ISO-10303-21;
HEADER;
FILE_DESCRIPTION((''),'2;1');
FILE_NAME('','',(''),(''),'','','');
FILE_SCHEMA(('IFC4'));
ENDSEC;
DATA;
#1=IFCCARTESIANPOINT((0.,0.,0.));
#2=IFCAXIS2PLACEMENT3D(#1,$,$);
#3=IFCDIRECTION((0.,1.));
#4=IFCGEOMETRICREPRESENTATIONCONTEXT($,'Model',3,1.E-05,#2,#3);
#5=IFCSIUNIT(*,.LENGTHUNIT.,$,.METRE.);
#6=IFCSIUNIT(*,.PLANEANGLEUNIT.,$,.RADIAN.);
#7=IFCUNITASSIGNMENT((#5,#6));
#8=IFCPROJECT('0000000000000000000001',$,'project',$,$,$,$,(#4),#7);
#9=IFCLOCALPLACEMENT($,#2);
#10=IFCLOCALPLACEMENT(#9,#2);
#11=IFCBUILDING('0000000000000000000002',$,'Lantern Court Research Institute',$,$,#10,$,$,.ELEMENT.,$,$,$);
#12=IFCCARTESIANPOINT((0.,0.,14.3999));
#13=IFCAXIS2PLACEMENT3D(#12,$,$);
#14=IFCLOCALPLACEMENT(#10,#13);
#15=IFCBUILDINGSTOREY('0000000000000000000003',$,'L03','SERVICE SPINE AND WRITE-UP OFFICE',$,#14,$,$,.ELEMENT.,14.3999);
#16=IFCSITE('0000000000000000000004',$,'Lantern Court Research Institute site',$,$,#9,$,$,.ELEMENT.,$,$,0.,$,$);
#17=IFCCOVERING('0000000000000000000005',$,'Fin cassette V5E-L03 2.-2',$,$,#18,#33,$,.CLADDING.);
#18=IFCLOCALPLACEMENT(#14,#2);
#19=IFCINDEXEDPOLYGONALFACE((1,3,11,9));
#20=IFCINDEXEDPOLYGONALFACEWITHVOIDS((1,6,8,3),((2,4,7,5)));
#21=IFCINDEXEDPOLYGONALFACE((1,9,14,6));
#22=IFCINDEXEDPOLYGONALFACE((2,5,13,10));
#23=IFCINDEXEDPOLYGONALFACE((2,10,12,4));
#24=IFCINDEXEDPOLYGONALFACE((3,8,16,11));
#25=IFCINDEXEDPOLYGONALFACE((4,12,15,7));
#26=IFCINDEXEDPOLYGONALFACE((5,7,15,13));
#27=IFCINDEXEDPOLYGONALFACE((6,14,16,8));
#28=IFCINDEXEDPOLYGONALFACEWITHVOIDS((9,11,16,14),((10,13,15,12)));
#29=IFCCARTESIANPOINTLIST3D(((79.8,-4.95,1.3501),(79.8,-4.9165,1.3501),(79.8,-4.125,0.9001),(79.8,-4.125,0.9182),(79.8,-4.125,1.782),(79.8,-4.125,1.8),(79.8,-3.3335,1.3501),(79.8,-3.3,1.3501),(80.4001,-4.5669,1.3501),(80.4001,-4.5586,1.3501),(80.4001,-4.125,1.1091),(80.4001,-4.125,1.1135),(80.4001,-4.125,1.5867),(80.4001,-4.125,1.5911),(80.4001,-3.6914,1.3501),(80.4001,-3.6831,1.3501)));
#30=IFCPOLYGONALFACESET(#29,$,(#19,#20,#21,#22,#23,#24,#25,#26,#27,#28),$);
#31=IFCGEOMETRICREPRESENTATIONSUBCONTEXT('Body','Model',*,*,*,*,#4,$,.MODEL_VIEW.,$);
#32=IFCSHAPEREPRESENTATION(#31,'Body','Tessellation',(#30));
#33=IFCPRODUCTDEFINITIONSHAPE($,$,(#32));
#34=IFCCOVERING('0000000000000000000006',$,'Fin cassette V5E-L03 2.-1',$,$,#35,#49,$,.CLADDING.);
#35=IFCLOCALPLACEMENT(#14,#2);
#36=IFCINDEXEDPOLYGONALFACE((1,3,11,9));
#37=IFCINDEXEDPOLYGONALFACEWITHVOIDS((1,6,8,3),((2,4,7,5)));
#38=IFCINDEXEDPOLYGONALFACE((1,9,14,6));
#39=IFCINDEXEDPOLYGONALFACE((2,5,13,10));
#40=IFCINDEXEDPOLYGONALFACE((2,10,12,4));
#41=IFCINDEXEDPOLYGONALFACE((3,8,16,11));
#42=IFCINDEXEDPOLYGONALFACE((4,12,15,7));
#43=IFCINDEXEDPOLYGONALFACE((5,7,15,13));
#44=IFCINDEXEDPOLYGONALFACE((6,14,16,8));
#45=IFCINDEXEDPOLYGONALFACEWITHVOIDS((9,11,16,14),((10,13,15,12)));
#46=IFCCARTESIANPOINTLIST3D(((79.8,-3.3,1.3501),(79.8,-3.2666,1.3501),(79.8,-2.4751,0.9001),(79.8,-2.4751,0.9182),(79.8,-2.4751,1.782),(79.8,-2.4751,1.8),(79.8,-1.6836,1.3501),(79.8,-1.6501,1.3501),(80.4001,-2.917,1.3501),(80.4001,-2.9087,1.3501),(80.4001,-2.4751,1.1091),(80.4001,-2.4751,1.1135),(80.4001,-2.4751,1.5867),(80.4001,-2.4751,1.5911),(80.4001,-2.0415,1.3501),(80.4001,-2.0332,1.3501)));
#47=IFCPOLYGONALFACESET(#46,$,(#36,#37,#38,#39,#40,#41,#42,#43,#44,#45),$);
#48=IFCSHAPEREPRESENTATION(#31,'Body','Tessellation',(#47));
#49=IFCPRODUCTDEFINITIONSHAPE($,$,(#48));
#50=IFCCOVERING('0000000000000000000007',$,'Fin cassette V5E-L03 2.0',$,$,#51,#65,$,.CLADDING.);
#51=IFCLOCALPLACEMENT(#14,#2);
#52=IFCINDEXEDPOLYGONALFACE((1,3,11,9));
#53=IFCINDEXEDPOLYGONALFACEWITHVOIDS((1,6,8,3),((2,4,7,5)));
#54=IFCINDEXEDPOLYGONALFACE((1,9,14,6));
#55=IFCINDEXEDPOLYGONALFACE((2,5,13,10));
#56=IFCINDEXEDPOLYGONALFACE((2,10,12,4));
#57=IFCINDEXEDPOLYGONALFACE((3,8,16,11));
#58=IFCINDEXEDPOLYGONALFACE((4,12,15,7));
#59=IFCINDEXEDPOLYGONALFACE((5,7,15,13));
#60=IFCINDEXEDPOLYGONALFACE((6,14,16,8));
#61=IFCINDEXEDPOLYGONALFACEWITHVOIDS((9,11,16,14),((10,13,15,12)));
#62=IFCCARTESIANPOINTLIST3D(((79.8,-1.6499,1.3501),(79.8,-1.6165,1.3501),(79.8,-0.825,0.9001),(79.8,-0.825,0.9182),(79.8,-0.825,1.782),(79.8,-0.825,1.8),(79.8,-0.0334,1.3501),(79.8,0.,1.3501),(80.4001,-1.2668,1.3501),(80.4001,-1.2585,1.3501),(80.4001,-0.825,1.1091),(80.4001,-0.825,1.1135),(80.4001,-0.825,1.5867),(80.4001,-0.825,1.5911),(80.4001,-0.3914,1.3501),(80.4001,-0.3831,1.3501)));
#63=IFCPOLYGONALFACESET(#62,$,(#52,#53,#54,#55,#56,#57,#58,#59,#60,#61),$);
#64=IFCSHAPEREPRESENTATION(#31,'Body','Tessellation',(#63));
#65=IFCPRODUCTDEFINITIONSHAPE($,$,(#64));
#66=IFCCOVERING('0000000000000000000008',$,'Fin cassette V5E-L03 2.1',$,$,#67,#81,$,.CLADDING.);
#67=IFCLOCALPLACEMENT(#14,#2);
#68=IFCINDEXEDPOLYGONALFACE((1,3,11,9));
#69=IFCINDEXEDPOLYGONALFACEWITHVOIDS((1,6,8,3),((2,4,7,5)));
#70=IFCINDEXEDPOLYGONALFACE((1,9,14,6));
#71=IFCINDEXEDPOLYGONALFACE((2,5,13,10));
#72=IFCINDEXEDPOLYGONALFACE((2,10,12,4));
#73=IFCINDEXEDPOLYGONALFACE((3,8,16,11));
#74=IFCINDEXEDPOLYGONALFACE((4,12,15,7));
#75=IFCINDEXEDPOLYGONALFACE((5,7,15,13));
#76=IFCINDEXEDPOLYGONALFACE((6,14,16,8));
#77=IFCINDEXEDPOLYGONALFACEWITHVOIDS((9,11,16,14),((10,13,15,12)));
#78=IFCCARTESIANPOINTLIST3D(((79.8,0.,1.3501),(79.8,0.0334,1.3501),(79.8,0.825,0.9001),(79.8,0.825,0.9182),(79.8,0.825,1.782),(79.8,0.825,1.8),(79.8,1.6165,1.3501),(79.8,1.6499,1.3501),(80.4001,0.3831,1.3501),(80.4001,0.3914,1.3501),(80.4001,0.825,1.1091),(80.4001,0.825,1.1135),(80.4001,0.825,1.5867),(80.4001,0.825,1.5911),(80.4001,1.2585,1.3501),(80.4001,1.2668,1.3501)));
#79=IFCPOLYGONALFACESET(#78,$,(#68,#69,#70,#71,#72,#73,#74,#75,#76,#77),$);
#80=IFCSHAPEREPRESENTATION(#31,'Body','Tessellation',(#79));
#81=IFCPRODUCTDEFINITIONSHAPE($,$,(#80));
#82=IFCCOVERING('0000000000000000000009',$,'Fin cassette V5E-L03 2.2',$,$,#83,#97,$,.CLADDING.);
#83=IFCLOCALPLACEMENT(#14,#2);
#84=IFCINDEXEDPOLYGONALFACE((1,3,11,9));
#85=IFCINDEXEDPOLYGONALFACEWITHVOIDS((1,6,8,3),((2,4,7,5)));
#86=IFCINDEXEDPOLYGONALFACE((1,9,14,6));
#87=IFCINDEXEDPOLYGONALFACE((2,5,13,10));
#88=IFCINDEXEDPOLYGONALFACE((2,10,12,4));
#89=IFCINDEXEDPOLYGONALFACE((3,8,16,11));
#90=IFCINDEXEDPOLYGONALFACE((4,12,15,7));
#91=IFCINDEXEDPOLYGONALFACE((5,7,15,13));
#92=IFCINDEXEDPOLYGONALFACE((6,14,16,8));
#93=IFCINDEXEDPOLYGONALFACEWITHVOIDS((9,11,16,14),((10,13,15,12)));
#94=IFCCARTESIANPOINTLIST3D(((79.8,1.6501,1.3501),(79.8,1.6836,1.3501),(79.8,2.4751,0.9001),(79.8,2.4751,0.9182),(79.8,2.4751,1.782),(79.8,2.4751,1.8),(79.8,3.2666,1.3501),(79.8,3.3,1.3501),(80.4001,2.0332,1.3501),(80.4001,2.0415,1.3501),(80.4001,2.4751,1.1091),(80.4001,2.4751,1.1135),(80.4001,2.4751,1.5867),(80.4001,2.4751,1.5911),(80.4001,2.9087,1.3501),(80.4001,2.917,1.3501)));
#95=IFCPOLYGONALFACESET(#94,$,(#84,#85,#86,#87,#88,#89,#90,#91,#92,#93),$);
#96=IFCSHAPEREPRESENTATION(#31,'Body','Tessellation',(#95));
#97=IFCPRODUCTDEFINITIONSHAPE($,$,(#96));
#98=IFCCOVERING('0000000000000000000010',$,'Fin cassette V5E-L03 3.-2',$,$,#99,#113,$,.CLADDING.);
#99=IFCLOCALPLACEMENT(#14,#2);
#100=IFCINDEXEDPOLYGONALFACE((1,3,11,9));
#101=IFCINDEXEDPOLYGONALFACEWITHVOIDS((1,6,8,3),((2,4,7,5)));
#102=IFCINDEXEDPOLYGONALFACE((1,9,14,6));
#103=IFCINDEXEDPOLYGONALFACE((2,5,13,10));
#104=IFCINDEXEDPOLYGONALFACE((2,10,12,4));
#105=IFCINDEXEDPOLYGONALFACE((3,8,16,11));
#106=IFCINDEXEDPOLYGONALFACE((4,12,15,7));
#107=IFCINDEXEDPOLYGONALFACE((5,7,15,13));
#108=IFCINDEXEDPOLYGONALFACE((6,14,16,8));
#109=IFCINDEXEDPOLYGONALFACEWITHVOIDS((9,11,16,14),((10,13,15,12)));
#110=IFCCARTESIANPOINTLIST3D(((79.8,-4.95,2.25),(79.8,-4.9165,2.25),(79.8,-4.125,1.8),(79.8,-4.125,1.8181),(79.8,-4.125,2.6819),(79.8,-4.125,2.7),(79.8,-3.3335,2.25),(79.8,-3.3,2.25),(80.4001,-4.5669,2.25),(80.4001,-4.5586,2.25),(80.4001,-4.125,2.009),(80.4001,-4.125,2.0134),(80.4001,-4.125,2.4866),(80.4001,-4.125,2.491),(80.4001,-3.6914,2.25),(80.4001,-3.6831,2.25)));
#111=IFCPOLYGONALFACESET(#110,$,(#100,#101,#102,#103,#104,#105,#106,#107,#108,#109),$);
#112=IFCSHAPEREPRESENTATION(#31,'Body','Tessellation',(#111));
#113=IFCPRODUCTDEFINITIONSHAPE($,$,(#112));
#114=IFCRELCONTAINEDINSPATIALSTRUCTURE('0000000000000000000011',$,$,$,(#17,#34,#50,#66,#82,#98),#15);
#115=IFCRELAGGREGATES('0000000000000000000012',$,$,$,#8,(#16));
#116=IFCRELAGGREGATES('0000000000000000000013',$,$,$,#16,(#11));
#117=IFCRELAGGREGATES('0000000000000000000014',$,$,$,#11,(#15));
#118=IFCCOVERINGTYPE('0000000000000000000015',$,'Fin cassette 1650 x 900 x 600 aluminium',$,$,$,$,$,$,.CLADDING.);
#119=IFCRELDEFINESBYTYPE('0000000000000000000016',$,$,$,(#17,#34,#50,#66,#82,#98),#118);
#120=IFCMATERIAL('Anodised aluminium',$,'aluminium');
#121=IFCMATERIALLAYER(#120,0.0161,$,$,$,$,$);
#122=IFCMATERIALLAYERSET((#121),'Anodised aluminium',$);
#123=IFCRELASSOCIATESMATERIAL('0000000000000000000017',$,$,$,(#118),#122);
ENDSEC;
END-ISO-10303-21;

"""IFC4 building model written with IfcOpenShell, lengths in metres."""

from ifc_helpers import new_model, entity, si_unit, direction, frame, origin, place, context, subcontext, project, spatial, material, layer, layer_set, type_object, element, save


model = new_model("IFC4")

# Units and contexts
model_context = context("Model", 3, precision=1e-05, world=origin(), true_north=direction((0.0, 1.0)))
body_context = subcontext(model_context, "Body", "Model", "MODEL_VIEW")
ifc_project = project(units=[si_unit("LENGTHUNIT", "METRE"), si_unit("PLANEANGLEUNIT", "RADIAN")], contexts=[model_context])

# Site, building, storey
site_placement = place(None, origin())
site = spatial("IfcSite", under=ifc_project, at=site_placement, Name="Lantern Court Research Institute site", CompositionType="ELEMENT", RefElevation=0.0)
building_placement = place(site_placement, origin())
building = spatial("IfcBuilding", under=site, at=building_placement, Name="Lantern Court Research Institute", CompositionType="ELEMENT")
storey_placement = place(building_placement, frame((0.0, 0.0, 14.3999)))
storey = spatial("IfcBuildingStorey", under=building, at=storey_placement, Name="L03", Description="SERVICE SPINE AND WRITE-UP OFFICE", CompositionType="ELEMENT", Elevation=14.3999)

# Coverings
ifc_material_1 = material(Name="Anodised aluminium", Category="aluminium")
ifc_layer_1 = layer(ifc_material_1, 0.0161)
ifc_layer_set_1 = layer_set([ifc_layer_1], Name="Anodised aluminium")
covering_type = type_object("IfcCoveringType", Name="Fin cassette 1650 x 900 x 600 aluminium", PredefinedType="CLADDING", material=ifc_layer_set_1)
covering_1_placement = place(storey_placement, frame((79.8, -4.125, 1.3501), z_axis=(1.0, 0.0, 0.0), x_axis=(0.0, 1.0, 0.0)))
cartesian_point_1 = entity("IfcCartesianPoint", [0.825, 0.0])
cartesian_point_2 = entity("IfcCartesianPoint", [0.7915, 0.0])
cartesian_point_3 = entity("IfcCartesianPoint", [0.4419, 0.0])
cartesian_point_4 = entity("IfcCartesianPoint", [0.4336, 0.0])
element("IfcCovering", 1, at=covering_1_placement, inside=storey, type_object=covering_type, Name="Fin cassette V5E-L03 2.-2", PredefinedType="CLADDING", context=body_context, shape_type="SweptSolid", body=[
    entity("IfcExtrudedAreaSolidTapered", entity("IfcArbitraryProfileDefWithVoids", "AREA", None, entity("IfcPolyline", [cartesian_point_1, entity("IfcCartesianPoint", [0.0, 0.45]), entity("IfcCartesianPoint", [-0.825, 0.0]), entity("IfcCartesianPoint", [0.0, -0.45]), cartesian_point_1]), [entity("IfcPolyline", [cartesian_point_2, entity("IfcCartesianPoint", [0.0, 0.4319]), entity("IfcCartesianPoint", [-0.7915, 0.0]), entity("IfcCartesianPoint", [0.0, -0.4319]), cartesian_point_2])]), entity("IfcAxis2Placement3D", entity("IfcCartesianPoint", [0.0, 0.0, 0.0])), entity("IfcDirection", [0.0, 0.0, 1.0]), 0.6001, entity("IfcArbitraryProfileDefWithVoids", "AREA", None, entity("IfcPolyline", [cartesian_point_3, entity("IfcCartesianPoint", [0.0, 0.241]), entity("IfcCartesianPoint", [-0.4419, 0.0]), entity("IfcCartesianPoint", [0.0, -0.241]), cartesian_point_3]), [entity("IfcPolyline", [cartesian_point_4, entity("IfcCartesianPoint", [0.0, 0.2366]), entity("IfcCartesianPoint", [-0.4336, 0.0]), entity("IfcCartesianPoint", [0.0, -0.2366]), cartesian_point_4])])),
])
covering_2_placement = place(storey_placement, frame((79.8, -2.4751, 1.3501), z_axis=(1.0, 0.0, 0.0), x_axis=(0.0, 1.0, 0.0)))
cartesian_point_5 = entity("IfcCartesianPoint", [0.825, 0.0])
cartesian_point_6 = entity("IfcCartesianPoint", [0.7915, 0.0])
cartesian_point_7 = entity("IfcCartesianPoint", [0.4419, 0.0])
cartesian_point_8 = entity("IfcCartesianPoint", [0.4336, 0.0])
element("IfcCovering", 2, at=covering_2_placement, inside=storey, type_object=covering_type, Name="Fin cassette V5E-L03 2.-1", PredefinedType="CLADDING", context=body_context, shape_type="SweptSolid", body=[
    entity("IfcExtrudedAreaSolidTapered", entity("IfcArbitraryProfileDefWithVoids", "AREA", None, entity("IfcPolyline", [cartesian_point_5, entity("IfcCartesianPoint", [0.0, 0.45]), entity("IfcCartesianPoint", [-0.825, 0.0]), entity("IfcCartesianPoint", [0.0, -0.45]), cartesian_point_5]), [entity("IfcPolyline", [cartesian_point_6, entity("IfcCartesianPoint", [0.0, 0.4319]), entity("IfcCartesianPoint", [-0.7915, 0.0]), entity("IfcCartesianPoint", [0.0, -0.4319]), cartesian_point_6])]), entity("IfcAxis2Placement3D", entity("IfcCartesianPoint", [0.0, 0.0, 0.0])), entity("IfcDirection", [0.0, 0.0, 1.0]), 0.6001, entity("IfcArbitraryProfileDefWithVoids", "AREA", None, entity("IfcPolyline", [cartesian_point_7, entity("IfcCartesianPoint", [0.0, 0.241]), entity("IfcCartesianPoint", [-0.4419, 0.0]), entity("IfcCartesianPoint", [0.0, -0.241]), cartesian_point_7]), [entity("IfcPolyline", [cartesian_point_8, entity("IfcCartesianPoint", [0.0, 0.2366]), entity("IfcCartesianPoint", [-0.4336, 0.0]), entity("IfcCartesianPoint", [0.0, -0.2366]), cartesian_point_8])])),
])
covering_3_placement = place(storey_placement, frame((79.8, -0.825, 1.3501), z_axis=(1.0, 0.0, 0.0), x_axis=(0.0, 1.0, 0.0)))
cartesian_point_9 = entity("IfcCartesianPoint", [0.825, 0.0])
cartesian_point_10 = entity("IfcCartesianPoint", [0.7915, 0.0])
cartesian_point_11 = entity("IfcCartesianPoint", [0.4419, 0.0])
cartesian_point_12 = entity("IfcCartesianPoint", [0.4336, 0.0])
element("IfcCovering", 3, at=covering_3_placement, inside=storey, type_object=covering_type, Name="Fin cassette V5E-L03 2.0", PredefinedType="CLADDING", context=body_context, shape_type="SweptSolid", body=[
    entity("IfcExtrudedAreaSolidTapered", entity("IfcArbitraryProfileDefWithVoids", "AREA", None, entity("IfcPolyline", [cartesian_point_9, entity("IfcCartesianPoint", [0.0, 0.45]), entity("IfcCartesianPoint", [-0.825, 0.0]), entity("IfcCartesianPoint", [0.0, -0.45]), cartesian_point_9]), [entity("IfcPolyline", [cartesian_point_10, entity("IfcCartesianPoint", [0.0, 0.4319]), entity("IfcCartesianPoint", [-0.7915, 0.0]), entity("IfcCartesianPoint", [0.0, -0.4319]), cartesian_point_10])]), entity("IfcAxis2Placement3D", entity("IfcCartesianPoint", [0.0, 0.0, 0.0])), entity("IfcDirection", [0.0, 0.0, 1.0]), 0.6001, entity("IfcArbitraryProfileDefWithVoids", "AREA", None, entity("IfcPolyline", [cartesian_point_11, entity("IfcCartesianPoint", [0.0, 0.241]), entity("IfcCartesianPoint", [-0.4419, 0.0]), entity("IfcCartesianPoint", [0.0, -0.241]), cartesian_point_11]), [entity("IfcPolyline", [cartesian_point_12, entity("IfcCartesianPoint", [0.0, 0.2366]), entity("IfcCartesianPoint", [-0.4336, 0.0]), entity("IfcCartesianPoint", [0.0, -0.2366]), cartesian_point_12])])),
])
covering_4_placement = place(storey_placement, frame((79.8, 0.825, 1.3501), z_axis=(1.0, 0.0, 0.0), x_axis=(0.0, 1.0, 0.0)))
cartesian_point_13 = entity("IfcCartesianPoint", [0.825, 0.0])
cartesian_point_14 = entity("IfcCartesianPoint", [0.7915, 0.0])
cartesian_point_15 = entity("IfcCartesianPoint", [0.4419, 0.0])
cartesian_point_16 = entity("IfcCartesianPoint", [0.4336, 0.0])
element("IfcCovering", 4, at=covering_4_placement, inside=storey, type_object=covering_type, Name="Fin cassette V5E-L03 2.1", PredefinedType="CLADDING", context=body_context, shape_type="SweptSolid", body=[
    entity("IfcExtrudedAreaSolidTapered", entity("IfcArbitraryProfileDefWithVoids", "AREA", None, entity("IfcPolyline", [cartesian_point_13, entity("IfcCartesianPoint", [0.0, 0.45]), entity("IfcCartesianPoint", [-0.825, 0.0]), entity("IfcCartesianPoint", [0.0, -0.45]), cartesian_point_13]), [entity("IfcPolyline", [cartesian_point_14, entity("IfcCartesianPoint", [0.0, 0.4319]), entity("IfcCartesianPoint", [-0.7915, 0.0]), entity("IfcCartesianPoint", [0.0, -0.4319]), cartesian_point_14])]), entity("IfcAxis2Placement3D", entity("IfcCartesianPoint", [0.0, 0.0, 0.0])), entity("IfcDirection", [0.0, 0.0, 1.0]), 0.6001, entity("IfcArbitraryProfileDefWithVoids", "AREA", None, entity("IfcPolyline", [cartesian_point_15, entity("IfcCartesianPoint", [0.0, 0.241]), entity("IfcCartesianPoint", [-0.4419, 0.0]), entity("IfcCartesianPoint", [0.0, -0.241]), cartesian_point_15]), [entity("IfcPolyline", [cartesian_point_16, entity("IfcCartesianPoint", [0.0, 0.2366]), entity("IfcCartesianPoint", [-0.4336, 0.0]), entity("IfcCartesianPoint", [0.0, -0.2366]), cartesian_point_16])])),
])
covering_5_placement = place(storey_placement, frame((79.8, 2.4751, 1.3501), z_axis=(1.0, 0.0, 0.0), x_axis=(0.0, 1.0, 0.0)))
cartesian_point_17 = entity("IfcCartesianPoint", [0.825, 0.0])
cartesian_point_18 = entity("IfcCartesianPoint", [0.7915, 0.0])
cartesian_point_19 = entity("IfcCartesianPoint", [0.4419, 0.0])
cartesian_point_20 = entity("IfcCartesianPoint", [0.4336, 0.0])
element("IfcCovering", 5, at=covering_5_placement, inside=storey, type_object=covering_type, Name="Fin cassette V5E-L03 2.2", PredefinedType="CLADDING", context=body_context, shape_type="SweptSolid", body=[
    entity("IfcExtrudedAreaSolidTapered", entity("IfcArbitraryProfileDefWithVoids", "AREA", None, entity("IfcPolyline", [cartesian_point_17, entity("IfcCartesianPoint", [0.0, 0.45]), entity("IfcCartesianPoint", [-0.825, 0.0]), entity("IfcCartesianPoint", [0.0, -0.45]), cartesian_point_17]), [entity("IfcPolyline", [cartesian_point_18, entity("IfcCartesianPoint", [0.0, 0.4319]), entity("IfcCartesianPoint", [-0.7915, 0.0]), entity("IfcCartesianPoint", [0.0, -0.4319]), cartesian_point_18])]), entity("IfcAxis2Placement3D", entity("IfcCartesianPoint", [0.0, 0.0, 0.0])), entity("IfcDirection", [0.0, 0.0, 1.0]), 0.6001, entity("IfcArbitraryProfileDefWithVoids", "AREA", None, entity("IfcPolyline", [cartesian_point_19, entity("IfcCartesianPoint", [0.0, 0.241]), entity("IfcCartesianPoint", [-0.4419, 0.0]), entity("IfcCartesianPoint", [0.0, -0.241]), cartesian_point_19]), [entity("IfcPolyline", [cartesian_point_20, entity("IfcCartesianPoint", [0.0, 0.2366]), entity("IfcCartesianPoint", [-0.4336, 0.0]), entity("IfcCartesianPoint", [0.0, -0.2366]), cartesian_point_20])])),
])
covering_6_placement = place(storey_placement, frame((79.8, -4.125, 2.25), z_axis=(1.0, 0.0, 0.0), x_axis=(0.0, 1.0, 0.0)))
cartesian_point_21 = entity("IfcCartesianPoint", [0.825, 0.0])
cartesian_point_22 = entity("IfcCartesianPoint", [0.7915, 0.0])
cartesian_point_23 = entity("IfcCartesianPoint", [0.4419, 0.0])
cartesian_point_24 = entity("IfcCartesianPoint", [0.4336, 0.0])
element("IfcCovering", 6, at=covering_6_placement, inside=storey, type_object=covering_type, Name="Fin cassette V5E-L03 3.-2", PredefinedType="CLADDING", context=body_context, shape_type="SweptSolid", body=[
    entity("IfcExtrudedAreaSolidTapered", entity("IfcArbitraryProfileDefWithVoids", "AREA", None, entity("IfcPolyline", [cartesian_point_21, entity("IfcCartesianPoint", [0.0, 0.45]), entity("IfcCartesianPoint", [-0.825, 0.0]), entity("IfcCartesianPoint", [0.0, -0.45]), cartesian_point_21]), [entity("IfcPolyline", [cartesian_point_22, entity("IfcCartesianPoint", [0.0, 0.4319]), entity("IfcCartesianPoint", [-0.7915, 0.0]), entity("IfcCartesianPoint", [0.0, -0.4319]), cartesian_point_22])]), entity("IfcAxis2Placement3D", entity("IfcCartesianPoint", [0.0, 0.0, 0.0])), entity("IfcDirection", [0.0, 0.0, 1.0]), 0.6001, entity("IfcArbitraryProfileDefWithVoids", "AREA", None, entity("IfcPolyline", [cartesian_point_23, entity("IfcCartesianPoint", [0.0, 0.241]), entity("IfcCartesianPoint", [-0.4419, 0.0]), entity("IfcCartesianPoint", [0.0, -0.241]), cartesian_point_23]), [entity("IfcPolyline", [cartesian_point_24, entity("IfcCartesianPoint", [0.0, 0.2366]), entity("IfcCartesianPoint", [-0.4336, 0.0]), entity("IfcCartesianPoint", [0.0, -0.2366]), cartesian_point_24])])),
])

save(model, "model.ifc")
